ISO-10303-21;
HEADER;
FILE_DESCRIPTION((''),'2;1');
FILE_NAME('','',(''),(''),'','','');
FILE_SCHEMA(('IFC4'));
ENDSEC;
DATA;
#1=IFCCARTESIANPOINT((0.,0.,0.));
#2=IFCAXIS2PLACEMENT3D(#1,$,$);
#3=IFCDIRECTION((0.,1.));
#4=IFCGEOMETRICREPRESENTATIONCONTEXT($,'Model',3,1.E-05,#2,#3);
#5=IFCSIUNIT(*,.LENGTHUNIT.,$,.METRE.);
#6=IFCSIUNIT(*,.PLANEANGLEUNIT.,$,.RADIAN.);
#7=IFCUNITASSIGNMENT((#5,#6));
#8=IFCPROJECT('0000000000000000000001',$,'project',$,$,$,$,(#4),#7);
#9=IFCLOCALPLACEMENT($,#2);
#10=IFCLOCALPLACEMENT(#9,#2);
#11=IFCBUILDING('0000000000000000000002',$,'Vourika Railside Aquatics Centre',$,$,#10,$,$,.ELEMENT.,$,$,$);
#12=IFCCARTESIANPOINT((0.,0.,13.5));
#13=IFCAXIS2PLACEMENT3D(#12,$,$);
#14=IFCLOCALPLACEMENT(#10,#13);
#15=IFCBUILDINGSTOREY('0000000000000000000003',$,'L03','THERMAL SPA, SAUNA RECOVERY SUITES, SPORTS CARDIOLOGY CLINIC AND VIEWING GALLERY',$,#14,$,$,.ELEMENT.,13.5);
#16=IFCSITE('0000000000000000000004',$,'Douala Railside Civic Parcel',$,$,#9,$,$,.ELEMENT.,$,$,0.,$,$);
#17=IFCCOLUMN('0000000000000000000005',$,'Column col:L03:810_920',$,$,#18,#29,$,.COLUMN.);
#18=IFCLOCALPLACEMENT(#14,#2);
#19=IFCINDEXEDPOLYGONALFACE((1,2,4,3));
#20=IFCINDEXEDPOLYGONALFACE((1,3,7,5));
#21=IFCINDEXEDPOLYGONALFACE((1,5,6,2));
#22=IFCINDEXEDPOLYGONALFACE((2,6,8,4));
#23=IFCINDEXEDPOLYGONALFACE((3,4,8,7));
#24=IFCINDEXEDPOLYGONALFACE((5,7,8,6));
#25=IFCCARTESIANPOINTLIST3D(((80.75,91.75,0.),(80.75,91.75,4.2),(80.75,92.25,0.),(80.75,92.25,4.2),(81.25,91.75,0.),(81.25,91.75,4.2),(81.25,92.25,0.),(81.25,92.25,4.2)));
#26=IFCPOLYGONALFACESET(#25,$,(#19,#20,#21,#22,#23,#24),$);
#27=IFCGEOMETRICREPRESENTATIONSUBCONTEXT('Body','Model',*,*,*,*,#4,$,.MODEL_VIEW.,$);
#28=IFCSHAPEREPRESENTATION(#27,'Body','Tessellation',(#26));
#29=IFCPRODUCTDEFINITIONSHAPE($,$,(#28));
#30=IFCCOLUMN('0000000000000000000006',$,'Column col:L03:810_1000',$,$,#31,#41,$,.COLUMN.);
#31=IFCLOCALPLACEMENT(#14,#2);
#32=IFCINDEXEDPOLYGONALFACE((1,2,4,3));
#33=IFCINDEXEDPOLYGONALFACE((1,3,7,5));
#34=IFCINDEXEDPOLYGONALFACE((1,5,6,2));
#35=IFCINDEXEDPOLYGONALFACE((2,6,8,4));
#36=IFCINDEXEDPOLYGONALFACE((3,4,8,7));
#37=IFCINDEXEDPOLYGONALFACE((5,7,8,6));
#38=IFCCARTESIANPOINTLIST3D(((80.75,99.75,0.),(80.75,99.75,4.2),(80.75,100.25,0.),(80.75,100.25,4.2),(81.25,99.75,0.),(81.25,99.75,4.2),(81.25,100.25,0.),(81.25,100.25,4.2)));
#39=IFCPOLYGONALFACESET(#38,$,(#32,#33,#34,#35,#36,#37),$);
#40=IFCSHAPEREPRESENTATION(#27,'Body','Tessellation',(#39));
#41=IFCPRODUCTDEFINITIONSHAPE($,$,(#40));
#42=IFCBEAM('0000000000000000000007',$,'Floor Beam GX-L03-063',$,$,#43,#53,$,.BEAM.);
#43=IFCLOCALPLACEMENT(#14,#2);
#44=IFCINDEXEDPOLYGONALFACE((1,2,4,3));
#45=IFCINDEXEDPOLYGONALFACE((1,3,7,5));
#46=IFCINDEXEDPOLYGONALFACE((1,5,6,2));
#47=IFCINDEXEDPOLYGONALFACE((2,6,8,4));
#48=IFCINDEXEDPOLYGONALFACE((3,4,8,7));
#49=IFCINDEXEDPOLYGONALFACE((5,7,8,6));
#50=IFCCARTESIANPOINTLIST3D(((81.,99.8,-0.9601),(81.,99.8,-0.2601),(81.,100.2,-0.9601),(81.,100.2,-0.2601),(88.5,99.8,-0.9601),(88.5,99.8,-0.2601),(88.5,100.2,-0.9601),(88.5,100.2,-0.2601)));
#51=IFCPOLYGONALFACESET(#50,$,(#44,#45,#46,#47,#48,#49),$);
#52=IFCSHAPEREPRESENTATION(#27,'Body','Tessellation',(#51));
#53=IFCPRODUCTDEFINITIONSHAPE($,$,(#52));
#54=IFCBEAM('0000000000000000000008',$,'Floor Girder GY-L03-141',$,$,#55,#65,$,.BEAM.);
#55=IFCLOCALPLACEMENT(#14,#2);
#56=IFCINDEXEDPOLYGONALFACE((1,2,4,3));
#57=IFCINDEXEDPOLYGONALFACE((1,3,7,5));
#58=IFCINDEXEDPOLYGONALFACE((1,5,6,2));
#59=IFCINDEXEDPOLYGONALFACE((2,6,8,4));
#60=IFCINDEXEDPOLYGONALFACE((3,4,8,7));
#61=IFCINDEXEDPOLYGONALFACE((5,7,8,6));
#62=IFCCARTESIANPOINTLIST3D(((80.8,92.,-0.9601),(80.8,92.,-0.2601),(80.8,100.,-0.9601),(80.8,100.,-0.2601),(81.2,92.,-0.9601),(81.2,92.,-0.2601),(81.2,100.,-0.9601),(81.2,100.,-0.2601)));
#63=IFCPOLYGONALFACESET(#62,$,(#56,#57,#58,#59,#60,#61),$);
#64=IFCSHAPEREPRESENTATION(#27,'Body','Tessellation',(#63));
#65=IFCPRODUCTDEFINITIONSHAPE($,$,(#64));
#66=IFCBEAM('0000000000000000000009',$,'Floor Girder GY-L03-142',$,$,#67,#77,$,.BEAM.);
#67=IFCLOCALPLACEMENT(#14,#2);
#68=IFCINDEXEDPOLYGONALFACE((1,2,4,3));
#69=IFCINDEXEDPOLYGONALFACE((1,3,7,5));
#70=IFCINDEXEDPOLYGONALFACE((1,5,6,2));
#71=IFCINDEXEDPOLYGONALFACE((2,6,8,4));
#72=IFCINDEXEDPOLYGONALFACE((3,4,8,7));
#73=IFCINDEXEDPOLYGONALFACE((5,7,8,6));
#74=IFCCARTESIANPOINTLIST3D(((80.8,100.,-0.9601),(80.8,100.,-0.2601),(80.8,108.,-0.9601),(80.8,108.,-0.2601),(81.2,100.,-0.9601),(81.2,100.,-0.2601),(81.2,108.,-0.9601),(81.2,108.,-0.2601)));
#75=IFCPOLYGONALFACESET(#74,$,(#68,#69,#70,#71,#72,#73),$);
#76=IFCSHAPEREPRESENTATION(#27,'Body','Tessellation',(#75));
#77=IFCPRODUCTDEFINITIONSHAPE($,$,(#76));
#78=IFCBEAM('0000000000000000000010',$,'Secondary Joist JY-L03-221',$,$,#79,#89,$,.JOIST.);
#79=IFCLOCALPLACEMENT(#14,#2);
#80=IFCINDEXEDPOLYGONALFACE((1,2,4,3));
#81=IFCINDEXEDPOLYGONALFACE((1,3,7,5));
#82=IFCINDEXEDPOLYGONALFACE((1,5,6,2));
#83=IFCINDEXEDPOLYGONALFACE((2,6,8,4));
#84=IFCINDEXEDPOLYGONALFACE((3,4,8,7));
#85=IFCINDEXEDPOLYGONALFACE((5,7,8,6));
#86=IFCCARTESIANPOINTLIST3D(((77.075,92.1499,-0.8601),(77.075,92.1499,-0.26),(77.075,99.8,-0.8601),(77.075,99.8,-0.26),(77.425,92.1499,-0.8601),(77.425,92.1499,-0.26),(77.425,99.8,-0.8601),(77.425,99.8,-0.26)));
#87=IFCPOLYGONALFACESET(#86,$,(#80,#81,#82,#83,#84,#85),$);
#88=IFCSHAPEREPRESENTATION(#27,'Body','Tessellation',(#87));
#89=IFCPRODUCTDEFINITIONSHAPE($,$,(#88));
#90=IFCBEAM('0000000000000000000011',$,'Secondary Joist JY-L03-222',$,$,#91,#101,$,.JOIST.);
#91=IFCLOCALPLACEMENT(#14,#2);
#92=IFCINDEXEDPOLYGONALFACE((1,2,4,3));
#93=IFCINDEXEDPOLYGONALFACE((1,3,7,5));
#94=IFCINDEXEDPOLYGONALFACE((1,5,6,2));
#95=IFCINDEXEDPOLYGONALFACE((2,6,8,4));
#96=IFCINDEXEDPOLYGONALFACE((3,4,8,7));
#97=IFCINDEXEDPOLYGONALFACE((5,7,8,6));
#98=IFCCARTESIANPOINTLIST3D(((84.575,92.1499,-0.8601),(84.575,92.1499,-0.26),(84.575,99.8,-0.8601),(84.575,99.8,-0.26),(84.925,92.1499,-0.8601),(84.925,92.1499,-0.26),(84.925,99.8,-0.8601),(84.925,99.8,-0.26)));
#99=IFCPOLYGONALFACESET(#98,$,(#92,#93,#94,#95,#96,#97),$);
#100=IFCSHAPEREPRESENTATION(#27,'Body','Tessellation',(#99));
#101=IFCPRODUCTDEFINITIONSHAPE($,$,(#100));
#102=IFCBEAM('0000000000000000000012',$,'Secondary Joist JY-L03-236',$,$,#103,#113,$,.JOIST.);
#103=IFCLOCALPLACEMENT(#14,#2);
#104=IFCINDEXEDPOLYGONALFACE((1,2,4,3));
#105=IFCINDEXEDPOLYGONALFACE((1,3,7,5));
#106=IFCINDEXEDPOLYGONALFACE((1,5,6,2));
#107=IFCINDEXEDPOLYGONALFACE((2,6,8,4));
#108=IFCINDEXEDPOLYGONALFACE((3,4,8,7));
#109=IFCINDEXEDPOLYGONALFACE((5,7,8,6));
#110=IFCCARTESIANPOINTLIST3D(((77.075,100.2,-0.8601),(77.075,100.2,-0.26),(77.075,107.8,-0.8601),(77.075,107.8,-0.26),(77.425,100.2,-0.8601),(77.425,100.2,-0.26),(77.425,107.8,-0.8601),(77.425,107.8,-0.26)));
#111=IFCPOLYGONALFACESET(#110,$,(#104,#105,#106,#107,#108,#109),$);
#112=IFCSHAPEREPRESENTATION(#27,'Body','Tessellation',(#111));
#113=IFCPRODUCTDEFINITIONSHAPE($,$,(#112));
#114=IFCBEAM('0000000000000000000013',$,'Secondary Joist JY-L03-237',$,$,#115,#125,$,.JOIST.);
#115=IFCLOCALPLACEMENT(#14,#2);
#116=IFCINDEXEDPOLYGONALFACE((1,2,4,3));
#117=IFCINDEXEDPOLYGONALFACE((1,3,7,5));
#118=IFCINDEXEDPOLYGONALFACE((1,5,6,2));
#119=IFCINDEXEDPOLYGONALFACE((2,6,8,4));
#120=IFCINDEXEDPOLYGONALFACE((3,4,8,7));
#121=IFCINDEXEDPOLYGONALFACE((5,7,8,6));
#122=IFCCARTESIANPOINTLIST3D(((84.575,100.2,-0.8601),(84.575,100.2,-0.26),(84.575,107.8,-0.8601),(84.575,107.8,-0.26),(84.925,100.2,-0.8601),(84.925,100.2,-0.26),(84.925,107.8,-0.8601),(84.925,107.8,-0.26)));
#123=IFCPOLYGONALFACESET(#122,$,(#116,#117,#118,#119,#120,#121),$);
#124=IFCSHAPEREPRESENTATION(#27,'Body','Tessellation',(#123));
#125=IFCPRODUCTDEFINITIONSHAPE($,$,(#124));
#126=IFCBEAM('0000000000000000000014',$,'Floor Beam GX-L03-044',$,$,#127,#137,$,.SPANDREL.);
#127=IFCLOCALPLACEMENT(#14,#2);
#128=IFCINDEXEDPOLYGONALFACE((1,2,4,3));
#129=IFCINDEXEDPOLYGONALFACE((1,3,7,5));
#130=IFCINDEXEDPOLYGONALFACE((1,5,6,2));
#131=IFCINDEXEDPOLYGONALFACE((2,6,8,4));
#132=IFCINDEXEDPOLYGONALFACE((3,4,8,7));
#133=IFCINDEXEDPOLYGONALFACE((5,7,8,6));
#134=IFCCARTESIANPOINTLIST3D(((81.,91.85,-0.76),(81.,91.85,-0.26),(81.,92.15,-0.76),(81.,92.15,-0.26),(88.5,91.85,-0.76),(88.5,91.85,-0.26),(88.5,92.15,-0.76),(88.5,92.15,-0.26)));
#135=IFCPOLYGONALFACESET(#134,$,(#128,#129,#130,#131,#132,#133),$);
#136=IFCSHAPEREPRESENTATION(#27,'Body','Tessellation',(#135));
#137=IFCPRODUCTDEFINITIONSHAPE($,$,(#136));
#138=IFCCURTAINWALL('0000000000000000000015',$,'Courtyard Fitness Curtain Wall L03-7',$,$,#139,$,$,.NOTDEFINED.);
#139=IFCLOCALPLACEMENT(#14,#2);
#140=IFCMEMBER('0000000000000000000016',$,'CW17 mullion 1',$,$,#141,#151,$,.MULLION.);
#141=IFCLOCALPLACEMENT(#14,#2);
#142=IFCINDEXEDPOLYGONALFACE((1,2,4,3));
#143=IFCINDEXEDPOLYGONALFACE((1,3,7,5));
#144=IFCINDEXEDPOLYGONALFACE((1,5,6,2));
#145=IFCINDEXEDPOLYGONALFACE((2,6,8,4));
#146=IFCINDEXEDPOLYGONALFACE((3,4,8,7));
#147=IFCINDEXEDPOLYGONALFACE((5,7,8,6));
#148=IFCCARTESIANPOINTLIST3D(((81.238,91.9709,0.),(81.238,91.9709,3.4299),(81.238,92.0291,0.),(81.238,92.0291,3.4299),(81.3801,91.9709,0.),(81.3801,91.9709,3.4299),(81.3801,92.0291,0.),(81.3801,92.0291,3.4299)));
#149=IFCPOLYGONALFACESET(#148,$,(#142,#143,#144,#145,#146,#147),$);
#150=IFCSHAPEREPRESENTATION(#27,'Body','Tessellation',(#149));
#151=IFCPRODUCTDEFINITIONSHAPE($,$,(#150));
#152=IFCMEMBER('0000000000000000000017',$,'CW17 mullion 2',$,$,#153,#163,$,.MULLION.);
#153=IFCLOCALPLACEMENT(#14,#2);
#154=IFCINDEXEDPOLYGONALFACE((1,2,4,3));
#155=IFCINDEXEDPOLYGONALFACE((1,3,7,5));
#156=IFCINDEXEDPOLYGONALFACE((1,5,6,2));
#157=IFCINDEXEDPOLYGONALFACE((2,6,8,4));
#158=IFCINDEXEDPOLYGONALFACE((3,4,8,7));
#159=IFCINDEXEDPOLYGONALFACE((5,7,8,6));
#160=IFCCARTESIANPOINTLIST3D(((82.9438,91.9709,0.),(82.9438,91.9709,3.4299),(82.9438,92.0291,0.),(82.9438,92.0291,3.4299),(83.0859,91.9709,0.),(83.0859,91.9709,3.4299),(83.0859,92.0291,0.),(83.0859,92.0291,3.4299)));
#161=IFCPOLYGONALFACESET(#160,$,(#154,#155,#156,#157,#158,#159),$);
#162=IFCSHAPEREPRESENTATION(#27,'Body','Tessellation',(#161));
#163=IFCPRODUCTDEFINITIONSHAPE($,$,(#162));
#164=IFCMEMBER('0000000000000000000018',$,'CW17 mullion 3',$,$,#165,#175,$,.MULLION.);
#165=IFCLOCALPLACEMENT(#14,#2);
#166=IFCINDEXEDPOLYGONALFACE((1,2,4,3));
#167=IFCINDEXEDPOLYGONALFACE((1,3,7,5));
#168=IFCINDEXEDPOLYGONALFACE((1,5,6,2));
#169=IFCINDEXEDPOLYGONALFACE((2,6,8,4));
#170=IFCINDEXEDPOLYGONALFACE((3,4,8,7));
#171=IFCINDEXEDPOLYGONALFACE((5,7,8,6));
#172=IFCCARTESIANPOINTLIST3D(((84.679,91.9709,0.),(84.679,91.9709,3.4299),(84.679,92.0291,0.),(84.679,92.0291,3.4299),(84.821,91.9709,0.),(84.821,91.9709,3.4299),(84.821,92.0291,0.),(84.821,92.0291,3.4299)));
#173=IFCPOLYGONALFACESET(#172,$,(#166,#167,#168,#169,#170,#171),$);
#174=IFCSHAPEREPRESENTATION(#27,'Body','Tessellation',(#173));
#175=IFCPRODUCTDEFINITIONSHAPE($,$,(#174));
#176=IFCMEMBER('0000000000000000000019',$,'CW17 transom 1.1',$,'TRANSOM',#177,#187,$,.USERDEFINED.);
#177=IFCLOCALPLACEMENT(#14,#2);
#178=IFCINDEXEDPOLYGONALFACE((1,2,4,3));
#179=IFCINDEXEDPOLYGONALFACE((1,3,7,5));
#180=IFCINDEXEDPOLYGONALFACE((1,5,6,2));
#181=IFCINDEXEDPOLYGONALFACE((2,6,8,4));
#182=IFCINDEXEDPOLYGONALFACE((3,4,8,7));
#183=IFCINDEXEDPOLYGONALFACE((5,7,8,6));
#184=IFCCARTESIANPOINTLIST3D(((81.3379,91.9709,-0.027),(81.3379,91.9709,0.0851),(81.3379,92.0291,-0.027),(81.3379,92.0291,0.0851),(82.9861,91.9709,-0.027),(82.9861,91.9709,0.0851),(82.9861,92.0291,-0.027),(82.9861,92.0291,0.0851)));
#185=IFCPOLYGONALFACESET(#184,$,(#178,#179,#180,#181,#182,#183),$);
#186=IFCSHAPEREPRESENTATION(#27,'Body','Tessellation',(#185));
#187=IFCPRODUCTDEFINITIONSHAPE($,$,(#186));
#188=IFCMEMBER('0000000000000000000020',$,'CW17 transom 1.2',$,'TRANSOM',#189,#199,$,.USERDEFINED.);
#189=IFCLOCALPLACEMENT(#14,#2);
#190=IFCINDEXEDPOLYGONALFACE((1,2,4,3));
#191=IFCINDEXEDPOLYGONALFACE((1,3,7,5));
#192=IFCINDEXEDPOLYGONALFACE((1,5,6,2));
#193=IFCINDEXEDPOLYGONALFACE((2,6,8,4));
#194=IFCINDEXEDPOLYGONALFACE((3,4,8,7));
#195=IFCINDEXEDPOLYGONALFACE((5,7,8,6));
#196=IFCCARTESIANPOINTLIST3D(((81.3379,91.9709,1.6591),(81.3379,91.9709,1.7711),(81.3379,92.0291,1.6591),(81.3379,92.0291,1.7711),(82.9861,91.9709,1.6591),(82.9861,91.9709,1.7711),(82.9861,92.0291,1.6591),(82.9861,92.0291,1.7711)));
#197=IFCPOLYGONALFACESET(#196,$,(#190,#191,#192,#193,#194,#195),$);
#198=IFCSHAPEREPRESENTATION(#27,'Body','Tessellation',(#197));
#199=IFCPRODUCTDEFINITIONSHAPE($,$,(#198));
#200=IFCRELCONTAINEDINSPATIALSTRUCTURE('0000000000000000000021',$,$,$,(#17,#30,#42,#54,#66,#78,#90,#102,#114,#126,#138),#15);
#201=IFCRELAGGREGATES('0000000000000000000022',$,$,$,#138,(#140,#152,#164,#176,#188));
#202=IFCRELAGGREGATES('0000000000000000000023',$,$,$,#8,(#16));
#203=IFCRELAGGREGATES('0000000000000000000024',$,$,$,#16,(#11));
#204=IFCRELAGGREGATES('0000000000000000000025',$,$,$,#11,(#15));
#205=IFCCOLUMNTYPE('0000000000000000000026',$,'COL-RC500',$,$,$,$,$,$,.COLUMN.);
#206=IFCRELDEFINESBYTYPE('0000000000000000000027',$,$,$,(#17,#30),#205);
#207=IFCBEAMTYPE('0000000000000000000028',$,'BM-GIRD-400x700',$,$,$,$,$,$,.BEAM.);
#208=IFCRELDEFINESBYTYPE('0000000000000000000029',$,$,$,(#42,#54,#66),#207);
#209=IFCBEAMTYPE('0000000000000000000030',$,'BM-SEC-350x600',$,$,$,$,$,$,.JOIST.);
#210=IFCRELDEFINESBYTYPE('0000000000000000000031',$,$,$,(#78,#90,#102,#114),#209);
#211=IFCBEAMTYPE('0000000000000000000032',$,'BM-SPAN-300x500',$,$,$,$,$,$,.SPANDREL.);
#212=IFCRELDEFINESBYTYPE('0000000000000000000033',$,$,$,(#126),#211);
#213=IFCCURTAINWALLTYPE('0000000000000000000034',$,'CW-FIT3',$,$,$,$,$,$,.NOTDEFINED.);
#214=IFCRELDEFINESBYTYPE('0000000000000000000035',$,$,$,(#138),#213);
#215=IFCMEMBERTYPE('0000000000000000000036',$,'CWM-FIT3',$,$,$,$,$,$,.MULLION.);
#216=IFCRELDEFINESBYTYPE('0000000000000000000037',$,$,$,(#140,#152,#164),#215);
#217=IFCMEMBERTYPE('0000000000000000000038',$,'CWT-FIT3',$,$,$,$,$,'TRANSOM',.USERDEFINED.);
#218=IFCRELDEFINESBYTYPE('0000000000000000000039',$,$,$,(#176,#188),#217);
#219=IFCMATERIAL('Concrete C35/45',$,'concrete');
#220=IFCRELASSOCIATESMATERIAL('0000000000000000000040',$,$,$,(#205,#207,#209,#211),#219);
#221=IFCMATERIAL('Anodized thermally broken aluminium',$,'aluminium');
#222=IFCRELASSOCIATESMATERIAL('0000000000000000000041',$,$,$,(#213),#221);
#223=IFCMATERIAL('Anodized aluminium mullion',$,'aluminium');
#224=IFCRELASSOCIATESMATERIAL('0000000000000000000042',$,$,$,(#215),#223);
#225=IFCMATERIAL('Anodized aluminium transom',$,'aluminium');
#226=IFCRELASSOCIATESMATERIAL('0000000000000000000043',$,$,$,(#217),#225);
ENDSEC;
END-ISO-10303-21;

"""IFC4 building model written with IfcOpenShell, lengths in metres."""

from ifc_helpers import new_model, si_unit, direction, frame, origin, origin_2d, place, context, subcontext, project, spatial, rectangle, extrude, material, material_profile, profile_set, type_object, element, aggregate, save


model = new_model("IFC4")

# Units and contexts
model_context = context("Model", 3, precision=1e-05, world=origin(), true_north=direction((0.0, 1.0)))
body_context = subcontext(model_context, "Body", "Model", "MODEL_VIEW")
ifc_project = project(units=[si_unit("LENGTHUNIT", "METRE"), si_unit("PLANEANGLEUNIT", "RADIAN")], contexts=[model_context])

# Site, building, storey
site_placement = place(None, origin())
site = spatial("IfcSite", under=ifc_project, at=site_placement, Name="Douala Railside Civic Parcel", CompositionType="ELEMENT", RefElevation=0.0)
building_placement = place(site_placement, origin())
building = spatial("IfcBuilding", under=site, at=building_placement, Name="Vourika Railside Aquatics Centre", CompositionType="ELEMENT")
storey_placement = place(building_placement, frame((0.0, 0.0, 13.5)))
storey = spatial("IfcBuildingStorey", under=building, at=storey_placement, Name="L03", Description="THERMAL SPA, SAUNA RECOVERY SUITES, SPORTS CARDIOLOGY CLINIC AND VIEWING GALLERY", CompositionType="ELEMENT", Elevation=13.5)

# Columns
ifc_material_1 = material(Name="Concrete C35/45", Category="concrete")
ifc_material_profile_1 = material_profile(ifc_material_1, rectangle(XDim=0.5, YDim=0.5, at=origin_2d()), Name="RC 500x500")
ifc_profile_set_1 = profile_set([ifc_material_profile_1], Name="Concrete C35/45")
column_type = type_object("IfcColumnType", Name="COL-RC500", PredefinedType="COLUMN", material=ifc_profile_set_1)
for number, where, z_axis, x_axis, name in (
    (1, (81.0, 92.0, 0.0), (0.0, 0.0, 1.0), (1.0, 0.0, 0.0), "Column col:L03:810_920"),
    (2, (81.0, 100.0, 0.0), (0.0, 0.0, 1.0), (1.0, 0.0, 0.0), "Column col:L03:810_1000"),
):
    element("IfcColumn", number, at=place(storey_placement, frame(where, z_axis=z_axis, x_axis=x_axis)), inside=storey, type_object=column_type, Name=name, PredefinedType="COLUMN", context=body_context, shape_type="SweptSolid", body=[
        extrude(rectangle(XDim=0.5, YDim=0.5, at=origin_2d()), origin(), (0.0, 0.0, 1.0), 4.2),
    ])

# Beams
ifc_material_profile_2 = material_profile(ifc_material_1, rectangle(XDim=0.3999, YDim=0.7, at=origin_2d()), Name="RC 400x700")
ifc_profile_set_2 = profile_set([ifc_material_profile_2], Name="Concrete C35/45")
beam_type_1 = type_object("IfcBeamType", Name="BM-GIRD-400x700", PredefinedType="BEAM", material=ifc_profile_set_2)
beam_1_placement = place(storey_placement, frame((81.0, 100.0, -0.6101), z_axis=(1.0, 0.0, 0.0), x_axis=(0.0, 1.0, 0.0)))
element("IfcBeam", 3, at=beam_1_placement, inside=storey, type_object=beam_type_1, Name="Floor Beam GX-L03-063", PredefinedType="BEAM", context=body_context, shape_type="SweptSolid", body=[
    extrude(rectangle(XDim=0.3999, YDim=0.7, at=origin_2d()), origin(), (0.0, 0.0, 1.0), 7.5),
])
for number, where, z_axis, x_axis, name in (
    (4, (81.0, 92.0, -0.6101), (0.0, 1.0, 0.0), (-1.0, 0.0, 0.0), "Floor Girder GY-L03-141"),
    (5, (81.0, 100.0, -0.6101), (0.0, 1.0, 0.0), (-1.0, 0.0, 0.0), "Floor Girder GY-L03-142"),
):
    element("IfcBeam", number, at=place(storey_placement, frame(where, z_axis=z_axis, x_axis=x_axis)), inside=storey, type_object=beam_type_1, Name=name, PredefinedType="BEAM", context=body_context, shape_type="SweptSolid", body=[
        extrude(rectangle(XDim=0.3999, YDim=0.7, at=origin_2d()), origin(), (0.0, 0.0, 1.0), 8.0),
    ])
ifc_material_profile_3 = material_profile(ifc_material_1, rectangle(XDim=0.3501, YDim=0.6001, at=origin_2d()), Name="RC 350x600")
ifc_profile_set_3 = profile_set([ifc_material_profile_3], Name="Concrete C35/45")
beam_type_2 = type_object("IfcBeamType", Name="BM-SEC-350x600", PredefinedType="JOIST", material=ifc_profile_set_3)
for number, where, z_axis, x_axis, name in (
    (6, (77.25, 92.1499, -0.5601), (0.0, 1.0, 0.0), (-1.0, 0.0, 0.0), "Secondary Joist JY-L03-221"),
    (7, (84.75, 92.1499, -0.5601), (0.0, 1.0, 0.0), (-1.0, 0.0, 0.0), "Secondary Joist JY-L03-222"),
):
    element("IfcBeam", number, at=place(storey_placement, frame(where, z_axis=z_axis, x_axis=x_axis)), inside=storey, type_object=beam_type_2, Name=name, PredefinedType="JOIST", context=body_context, shape_type="SweptSolid", body=[
        extrude(rectangle(XDim=0.3501, YDim=0.6001, at=origin_2d()), origin(), (0.0, 0.0, 1.0), 7.6501),
    ])
for number, where, z_axis, x_axis, name in (
    (8, (77.25, 100.2, -0.5601), (0.0, 1.0, 0.0), (-1.0, 0.0, 0.0), "Secondary Joist JY-L03-236"),
    (9, (84.75, 100.2, -0.5601), (0.0, 1.0, 0.0), (-1.0, 0.0, 0.0), "Secondary Joist JY-L03-237"),
):
    element("IfcBeam", number, at=place(storey_placement, frame(where, z_axis=z_axis, x_axis=x_axis)), inside=storey, type_object=beam_type_2, Name=name, PredefinedType="JOIST", context=body_context, shape_type="SweptSolid", body=[
        extrude(rectangle(XDim=0.3501, YDim=0.6001, at=origin_2d()), origin(), (0.0, 0.0, 1.0), 7.6001),
    ])
ifc_material_profile_4 = material_profile(ifc_material_1, rectangle(XDim=0.3, YDim=0.5, at=origin_2d()), Name="RC 300x500")
ifc_profile_set_4 = profile_set([ifc_material_profile_4], Name="Concrete C35/45")
beam_type_3 = type_object("IfcBeamType", Name="BM-SPAN-300x500", PredefinedType="SPANDREL", material=ifc_profile_set_4)
beam_2_placement = place(storey_placement, frame((81.0, 92.0, -0.51), z_axis=(1.0, 0.0, 0.0), x_axis=(0.0, 1.0, 0.0)))
element("IfcBeam", 10, at=beam_2_placement, inside=storey, type_object=beam_type_3, Name="Floor Beam GX-L03-044", PredefinedType="SPANDREL", context=body_context, shape_type="SweptSolid", body=[
    extrude(rectangle(XDim=0.3, YDim=0.5, at=origin_2d()), origin(), (0.0, 0.0, 1.0), 7.5),
])

# Curtain wall, members
ifc_material_2 = material(Name="Anodized thermally broken aluminium", Category="aluminium")
curtain_wall_type = type_object("IfcCurtainWallType", Name="CW-FIT3", PredefinedType="NOTDEFINED", material=ifc_material_2)
curtain_wall_placement = place(storey_placement, origin())
curtain_wall = element("IfcCurtainWall", 11, at=curtain_wall_placement, inside=storey, type_object=curtain_wall_type, Name="Courtyard Fitness Curtain Wall L03-7", PredefinedType="NOTDEFINED")
ifc_material_3 = material(Name="Anodized aluminium mullion", Category="aluminium")
ifc_material_profile_5 = material_profile(ifc_material_3, rectangle(XDim=0.0581, YDim=0.1421, at=origin_2d()), Name="ALU-M 58x142")
ifc_profile_set_5 = profile_set([ifc_material_profile_5], Name="Anodized aluminium mullion")
member_type_1 = type_object("IfcMemberType", Name="CWM-FIT3", PredefinedType="MULLION", material=ifc_profile_set_5)
member_1_placement = place(storey_placement, frame((81.3091, 92.0, 0.0), z_axis=(0.0, 0.0, 1.0), x_axis=(0.0, 1.0, 0.0)))
member_1 = element("IfcMember", 12, at=member_1_placement, type_object=member_type_1, Name="CW17 mullion 1", PredefinedType="MULLION", context=body_context, shape_type="SweptSolid", body=[
    extrude(rectangle(XDim=0.0581, YDim=0.1421, at=origin_2d()), origin(), (0.0, 0.0, 1.0), 3.4299),
])
member_2_placement = place(storey_placement, frame((83.0149, 92.0, 0.0), z_axis=(0.0, 0.0, 1.0), x_axis=(0.0, 1.0, 0.0)))
member_2 = element("IfcMember", 13, at=member_2_placement, type_object=member_type_1, Name="CW17 mullion 2", PredefinedType="MULLION", context=body_context, shape_type="SweptSolid", body=[
    extrude(rectangle(XDim=0.0581, YDim=0.1421, at=origin_2d()), origin(), (0.0, 0.0, 1.0), 3.4299),
])
member_3_placement = place(storey_placement, frame((84.75, 92.0, 0.0), z_axis=(0.0, 0.0, 1.0), x_axis=(0.0, 1.0, 0.0)))
member_3 = element("IfcMember", 14, at=member_3_placement, type_object=member_type_1, Name="CW17 mullion 3", PredefinedType="MULLION", context=body_context, shape_type="SweptSolid", body=[
    extrude(rectangle(XDim=0.0581, YDim=0.1421, at=origin_2d()), origin(), (0.0, 0.0, 1.0), 3.4299),
])
ifc_material_4 = material(Name="Anodized aluminium transom", Category="aluminium")
ifc_material_profile_6 = material_profile(ifc_material_4, rectangle(XDim=0.0581, YDim=0.1121, at=origin_2d()), Name="ALU-T 58x112")
ifc_profile_set_6 = profile_set([ifc_material_profile_6], Name="Anodized aluminium transom")
member_type_2 = type_object("IfcMemberType", Name="CWT-FIT3", ElementType="TRANSOM", PredefinedType="USERDEFINED", material=ifc_profile_set_6)
member_4_placement = place(storey_placement, frame((81.3379, 92.0, 0.0291), z_axis=(1.0, 0.0, 0.0), x_axis=(0.0, 1.0, 0.0)))
member_4 = element("IfcMember", 15, at=member_4_placement, type_object=member_type_2, Name="CW17 transom 1.1", ObjectType="TRANSOM", PredefinedType="USERDEFINED", context=body_context, shape_type="SweptSolid", body=[
    extrude(rectangle(XDim=0.0581, YDim=0.1121, at=origin_2d()), origin(), (0.0, 0.0, 1.0), 1.6482),
])
member_5_placement = place(storey_placement, frame((81.3379, 92.0, 1.7151), z_axis=(1.0, 0.0, 0.0), x_axis=(0.0, 1.0, 0.0)))
member_5 = element("IfcMember", 16, at=member_5_placement, type_object=member_type_2, Name="CW17 transom 1.2", ObjectType="TRANSOM", PredefinedType="USERDEFINED", context=body_context, shape_type="SweptSolid", body=[
    extrude(rectangle(XDim=0.0581, YDim=0.1121, at=origin_2d()), origin(), (0.0, 0.0, 1.0), 1.6482),
])
aggregate(curtain_wall, [member_1, member_2, member_3, member_4, member_5])

save(model, "model.ifc")
